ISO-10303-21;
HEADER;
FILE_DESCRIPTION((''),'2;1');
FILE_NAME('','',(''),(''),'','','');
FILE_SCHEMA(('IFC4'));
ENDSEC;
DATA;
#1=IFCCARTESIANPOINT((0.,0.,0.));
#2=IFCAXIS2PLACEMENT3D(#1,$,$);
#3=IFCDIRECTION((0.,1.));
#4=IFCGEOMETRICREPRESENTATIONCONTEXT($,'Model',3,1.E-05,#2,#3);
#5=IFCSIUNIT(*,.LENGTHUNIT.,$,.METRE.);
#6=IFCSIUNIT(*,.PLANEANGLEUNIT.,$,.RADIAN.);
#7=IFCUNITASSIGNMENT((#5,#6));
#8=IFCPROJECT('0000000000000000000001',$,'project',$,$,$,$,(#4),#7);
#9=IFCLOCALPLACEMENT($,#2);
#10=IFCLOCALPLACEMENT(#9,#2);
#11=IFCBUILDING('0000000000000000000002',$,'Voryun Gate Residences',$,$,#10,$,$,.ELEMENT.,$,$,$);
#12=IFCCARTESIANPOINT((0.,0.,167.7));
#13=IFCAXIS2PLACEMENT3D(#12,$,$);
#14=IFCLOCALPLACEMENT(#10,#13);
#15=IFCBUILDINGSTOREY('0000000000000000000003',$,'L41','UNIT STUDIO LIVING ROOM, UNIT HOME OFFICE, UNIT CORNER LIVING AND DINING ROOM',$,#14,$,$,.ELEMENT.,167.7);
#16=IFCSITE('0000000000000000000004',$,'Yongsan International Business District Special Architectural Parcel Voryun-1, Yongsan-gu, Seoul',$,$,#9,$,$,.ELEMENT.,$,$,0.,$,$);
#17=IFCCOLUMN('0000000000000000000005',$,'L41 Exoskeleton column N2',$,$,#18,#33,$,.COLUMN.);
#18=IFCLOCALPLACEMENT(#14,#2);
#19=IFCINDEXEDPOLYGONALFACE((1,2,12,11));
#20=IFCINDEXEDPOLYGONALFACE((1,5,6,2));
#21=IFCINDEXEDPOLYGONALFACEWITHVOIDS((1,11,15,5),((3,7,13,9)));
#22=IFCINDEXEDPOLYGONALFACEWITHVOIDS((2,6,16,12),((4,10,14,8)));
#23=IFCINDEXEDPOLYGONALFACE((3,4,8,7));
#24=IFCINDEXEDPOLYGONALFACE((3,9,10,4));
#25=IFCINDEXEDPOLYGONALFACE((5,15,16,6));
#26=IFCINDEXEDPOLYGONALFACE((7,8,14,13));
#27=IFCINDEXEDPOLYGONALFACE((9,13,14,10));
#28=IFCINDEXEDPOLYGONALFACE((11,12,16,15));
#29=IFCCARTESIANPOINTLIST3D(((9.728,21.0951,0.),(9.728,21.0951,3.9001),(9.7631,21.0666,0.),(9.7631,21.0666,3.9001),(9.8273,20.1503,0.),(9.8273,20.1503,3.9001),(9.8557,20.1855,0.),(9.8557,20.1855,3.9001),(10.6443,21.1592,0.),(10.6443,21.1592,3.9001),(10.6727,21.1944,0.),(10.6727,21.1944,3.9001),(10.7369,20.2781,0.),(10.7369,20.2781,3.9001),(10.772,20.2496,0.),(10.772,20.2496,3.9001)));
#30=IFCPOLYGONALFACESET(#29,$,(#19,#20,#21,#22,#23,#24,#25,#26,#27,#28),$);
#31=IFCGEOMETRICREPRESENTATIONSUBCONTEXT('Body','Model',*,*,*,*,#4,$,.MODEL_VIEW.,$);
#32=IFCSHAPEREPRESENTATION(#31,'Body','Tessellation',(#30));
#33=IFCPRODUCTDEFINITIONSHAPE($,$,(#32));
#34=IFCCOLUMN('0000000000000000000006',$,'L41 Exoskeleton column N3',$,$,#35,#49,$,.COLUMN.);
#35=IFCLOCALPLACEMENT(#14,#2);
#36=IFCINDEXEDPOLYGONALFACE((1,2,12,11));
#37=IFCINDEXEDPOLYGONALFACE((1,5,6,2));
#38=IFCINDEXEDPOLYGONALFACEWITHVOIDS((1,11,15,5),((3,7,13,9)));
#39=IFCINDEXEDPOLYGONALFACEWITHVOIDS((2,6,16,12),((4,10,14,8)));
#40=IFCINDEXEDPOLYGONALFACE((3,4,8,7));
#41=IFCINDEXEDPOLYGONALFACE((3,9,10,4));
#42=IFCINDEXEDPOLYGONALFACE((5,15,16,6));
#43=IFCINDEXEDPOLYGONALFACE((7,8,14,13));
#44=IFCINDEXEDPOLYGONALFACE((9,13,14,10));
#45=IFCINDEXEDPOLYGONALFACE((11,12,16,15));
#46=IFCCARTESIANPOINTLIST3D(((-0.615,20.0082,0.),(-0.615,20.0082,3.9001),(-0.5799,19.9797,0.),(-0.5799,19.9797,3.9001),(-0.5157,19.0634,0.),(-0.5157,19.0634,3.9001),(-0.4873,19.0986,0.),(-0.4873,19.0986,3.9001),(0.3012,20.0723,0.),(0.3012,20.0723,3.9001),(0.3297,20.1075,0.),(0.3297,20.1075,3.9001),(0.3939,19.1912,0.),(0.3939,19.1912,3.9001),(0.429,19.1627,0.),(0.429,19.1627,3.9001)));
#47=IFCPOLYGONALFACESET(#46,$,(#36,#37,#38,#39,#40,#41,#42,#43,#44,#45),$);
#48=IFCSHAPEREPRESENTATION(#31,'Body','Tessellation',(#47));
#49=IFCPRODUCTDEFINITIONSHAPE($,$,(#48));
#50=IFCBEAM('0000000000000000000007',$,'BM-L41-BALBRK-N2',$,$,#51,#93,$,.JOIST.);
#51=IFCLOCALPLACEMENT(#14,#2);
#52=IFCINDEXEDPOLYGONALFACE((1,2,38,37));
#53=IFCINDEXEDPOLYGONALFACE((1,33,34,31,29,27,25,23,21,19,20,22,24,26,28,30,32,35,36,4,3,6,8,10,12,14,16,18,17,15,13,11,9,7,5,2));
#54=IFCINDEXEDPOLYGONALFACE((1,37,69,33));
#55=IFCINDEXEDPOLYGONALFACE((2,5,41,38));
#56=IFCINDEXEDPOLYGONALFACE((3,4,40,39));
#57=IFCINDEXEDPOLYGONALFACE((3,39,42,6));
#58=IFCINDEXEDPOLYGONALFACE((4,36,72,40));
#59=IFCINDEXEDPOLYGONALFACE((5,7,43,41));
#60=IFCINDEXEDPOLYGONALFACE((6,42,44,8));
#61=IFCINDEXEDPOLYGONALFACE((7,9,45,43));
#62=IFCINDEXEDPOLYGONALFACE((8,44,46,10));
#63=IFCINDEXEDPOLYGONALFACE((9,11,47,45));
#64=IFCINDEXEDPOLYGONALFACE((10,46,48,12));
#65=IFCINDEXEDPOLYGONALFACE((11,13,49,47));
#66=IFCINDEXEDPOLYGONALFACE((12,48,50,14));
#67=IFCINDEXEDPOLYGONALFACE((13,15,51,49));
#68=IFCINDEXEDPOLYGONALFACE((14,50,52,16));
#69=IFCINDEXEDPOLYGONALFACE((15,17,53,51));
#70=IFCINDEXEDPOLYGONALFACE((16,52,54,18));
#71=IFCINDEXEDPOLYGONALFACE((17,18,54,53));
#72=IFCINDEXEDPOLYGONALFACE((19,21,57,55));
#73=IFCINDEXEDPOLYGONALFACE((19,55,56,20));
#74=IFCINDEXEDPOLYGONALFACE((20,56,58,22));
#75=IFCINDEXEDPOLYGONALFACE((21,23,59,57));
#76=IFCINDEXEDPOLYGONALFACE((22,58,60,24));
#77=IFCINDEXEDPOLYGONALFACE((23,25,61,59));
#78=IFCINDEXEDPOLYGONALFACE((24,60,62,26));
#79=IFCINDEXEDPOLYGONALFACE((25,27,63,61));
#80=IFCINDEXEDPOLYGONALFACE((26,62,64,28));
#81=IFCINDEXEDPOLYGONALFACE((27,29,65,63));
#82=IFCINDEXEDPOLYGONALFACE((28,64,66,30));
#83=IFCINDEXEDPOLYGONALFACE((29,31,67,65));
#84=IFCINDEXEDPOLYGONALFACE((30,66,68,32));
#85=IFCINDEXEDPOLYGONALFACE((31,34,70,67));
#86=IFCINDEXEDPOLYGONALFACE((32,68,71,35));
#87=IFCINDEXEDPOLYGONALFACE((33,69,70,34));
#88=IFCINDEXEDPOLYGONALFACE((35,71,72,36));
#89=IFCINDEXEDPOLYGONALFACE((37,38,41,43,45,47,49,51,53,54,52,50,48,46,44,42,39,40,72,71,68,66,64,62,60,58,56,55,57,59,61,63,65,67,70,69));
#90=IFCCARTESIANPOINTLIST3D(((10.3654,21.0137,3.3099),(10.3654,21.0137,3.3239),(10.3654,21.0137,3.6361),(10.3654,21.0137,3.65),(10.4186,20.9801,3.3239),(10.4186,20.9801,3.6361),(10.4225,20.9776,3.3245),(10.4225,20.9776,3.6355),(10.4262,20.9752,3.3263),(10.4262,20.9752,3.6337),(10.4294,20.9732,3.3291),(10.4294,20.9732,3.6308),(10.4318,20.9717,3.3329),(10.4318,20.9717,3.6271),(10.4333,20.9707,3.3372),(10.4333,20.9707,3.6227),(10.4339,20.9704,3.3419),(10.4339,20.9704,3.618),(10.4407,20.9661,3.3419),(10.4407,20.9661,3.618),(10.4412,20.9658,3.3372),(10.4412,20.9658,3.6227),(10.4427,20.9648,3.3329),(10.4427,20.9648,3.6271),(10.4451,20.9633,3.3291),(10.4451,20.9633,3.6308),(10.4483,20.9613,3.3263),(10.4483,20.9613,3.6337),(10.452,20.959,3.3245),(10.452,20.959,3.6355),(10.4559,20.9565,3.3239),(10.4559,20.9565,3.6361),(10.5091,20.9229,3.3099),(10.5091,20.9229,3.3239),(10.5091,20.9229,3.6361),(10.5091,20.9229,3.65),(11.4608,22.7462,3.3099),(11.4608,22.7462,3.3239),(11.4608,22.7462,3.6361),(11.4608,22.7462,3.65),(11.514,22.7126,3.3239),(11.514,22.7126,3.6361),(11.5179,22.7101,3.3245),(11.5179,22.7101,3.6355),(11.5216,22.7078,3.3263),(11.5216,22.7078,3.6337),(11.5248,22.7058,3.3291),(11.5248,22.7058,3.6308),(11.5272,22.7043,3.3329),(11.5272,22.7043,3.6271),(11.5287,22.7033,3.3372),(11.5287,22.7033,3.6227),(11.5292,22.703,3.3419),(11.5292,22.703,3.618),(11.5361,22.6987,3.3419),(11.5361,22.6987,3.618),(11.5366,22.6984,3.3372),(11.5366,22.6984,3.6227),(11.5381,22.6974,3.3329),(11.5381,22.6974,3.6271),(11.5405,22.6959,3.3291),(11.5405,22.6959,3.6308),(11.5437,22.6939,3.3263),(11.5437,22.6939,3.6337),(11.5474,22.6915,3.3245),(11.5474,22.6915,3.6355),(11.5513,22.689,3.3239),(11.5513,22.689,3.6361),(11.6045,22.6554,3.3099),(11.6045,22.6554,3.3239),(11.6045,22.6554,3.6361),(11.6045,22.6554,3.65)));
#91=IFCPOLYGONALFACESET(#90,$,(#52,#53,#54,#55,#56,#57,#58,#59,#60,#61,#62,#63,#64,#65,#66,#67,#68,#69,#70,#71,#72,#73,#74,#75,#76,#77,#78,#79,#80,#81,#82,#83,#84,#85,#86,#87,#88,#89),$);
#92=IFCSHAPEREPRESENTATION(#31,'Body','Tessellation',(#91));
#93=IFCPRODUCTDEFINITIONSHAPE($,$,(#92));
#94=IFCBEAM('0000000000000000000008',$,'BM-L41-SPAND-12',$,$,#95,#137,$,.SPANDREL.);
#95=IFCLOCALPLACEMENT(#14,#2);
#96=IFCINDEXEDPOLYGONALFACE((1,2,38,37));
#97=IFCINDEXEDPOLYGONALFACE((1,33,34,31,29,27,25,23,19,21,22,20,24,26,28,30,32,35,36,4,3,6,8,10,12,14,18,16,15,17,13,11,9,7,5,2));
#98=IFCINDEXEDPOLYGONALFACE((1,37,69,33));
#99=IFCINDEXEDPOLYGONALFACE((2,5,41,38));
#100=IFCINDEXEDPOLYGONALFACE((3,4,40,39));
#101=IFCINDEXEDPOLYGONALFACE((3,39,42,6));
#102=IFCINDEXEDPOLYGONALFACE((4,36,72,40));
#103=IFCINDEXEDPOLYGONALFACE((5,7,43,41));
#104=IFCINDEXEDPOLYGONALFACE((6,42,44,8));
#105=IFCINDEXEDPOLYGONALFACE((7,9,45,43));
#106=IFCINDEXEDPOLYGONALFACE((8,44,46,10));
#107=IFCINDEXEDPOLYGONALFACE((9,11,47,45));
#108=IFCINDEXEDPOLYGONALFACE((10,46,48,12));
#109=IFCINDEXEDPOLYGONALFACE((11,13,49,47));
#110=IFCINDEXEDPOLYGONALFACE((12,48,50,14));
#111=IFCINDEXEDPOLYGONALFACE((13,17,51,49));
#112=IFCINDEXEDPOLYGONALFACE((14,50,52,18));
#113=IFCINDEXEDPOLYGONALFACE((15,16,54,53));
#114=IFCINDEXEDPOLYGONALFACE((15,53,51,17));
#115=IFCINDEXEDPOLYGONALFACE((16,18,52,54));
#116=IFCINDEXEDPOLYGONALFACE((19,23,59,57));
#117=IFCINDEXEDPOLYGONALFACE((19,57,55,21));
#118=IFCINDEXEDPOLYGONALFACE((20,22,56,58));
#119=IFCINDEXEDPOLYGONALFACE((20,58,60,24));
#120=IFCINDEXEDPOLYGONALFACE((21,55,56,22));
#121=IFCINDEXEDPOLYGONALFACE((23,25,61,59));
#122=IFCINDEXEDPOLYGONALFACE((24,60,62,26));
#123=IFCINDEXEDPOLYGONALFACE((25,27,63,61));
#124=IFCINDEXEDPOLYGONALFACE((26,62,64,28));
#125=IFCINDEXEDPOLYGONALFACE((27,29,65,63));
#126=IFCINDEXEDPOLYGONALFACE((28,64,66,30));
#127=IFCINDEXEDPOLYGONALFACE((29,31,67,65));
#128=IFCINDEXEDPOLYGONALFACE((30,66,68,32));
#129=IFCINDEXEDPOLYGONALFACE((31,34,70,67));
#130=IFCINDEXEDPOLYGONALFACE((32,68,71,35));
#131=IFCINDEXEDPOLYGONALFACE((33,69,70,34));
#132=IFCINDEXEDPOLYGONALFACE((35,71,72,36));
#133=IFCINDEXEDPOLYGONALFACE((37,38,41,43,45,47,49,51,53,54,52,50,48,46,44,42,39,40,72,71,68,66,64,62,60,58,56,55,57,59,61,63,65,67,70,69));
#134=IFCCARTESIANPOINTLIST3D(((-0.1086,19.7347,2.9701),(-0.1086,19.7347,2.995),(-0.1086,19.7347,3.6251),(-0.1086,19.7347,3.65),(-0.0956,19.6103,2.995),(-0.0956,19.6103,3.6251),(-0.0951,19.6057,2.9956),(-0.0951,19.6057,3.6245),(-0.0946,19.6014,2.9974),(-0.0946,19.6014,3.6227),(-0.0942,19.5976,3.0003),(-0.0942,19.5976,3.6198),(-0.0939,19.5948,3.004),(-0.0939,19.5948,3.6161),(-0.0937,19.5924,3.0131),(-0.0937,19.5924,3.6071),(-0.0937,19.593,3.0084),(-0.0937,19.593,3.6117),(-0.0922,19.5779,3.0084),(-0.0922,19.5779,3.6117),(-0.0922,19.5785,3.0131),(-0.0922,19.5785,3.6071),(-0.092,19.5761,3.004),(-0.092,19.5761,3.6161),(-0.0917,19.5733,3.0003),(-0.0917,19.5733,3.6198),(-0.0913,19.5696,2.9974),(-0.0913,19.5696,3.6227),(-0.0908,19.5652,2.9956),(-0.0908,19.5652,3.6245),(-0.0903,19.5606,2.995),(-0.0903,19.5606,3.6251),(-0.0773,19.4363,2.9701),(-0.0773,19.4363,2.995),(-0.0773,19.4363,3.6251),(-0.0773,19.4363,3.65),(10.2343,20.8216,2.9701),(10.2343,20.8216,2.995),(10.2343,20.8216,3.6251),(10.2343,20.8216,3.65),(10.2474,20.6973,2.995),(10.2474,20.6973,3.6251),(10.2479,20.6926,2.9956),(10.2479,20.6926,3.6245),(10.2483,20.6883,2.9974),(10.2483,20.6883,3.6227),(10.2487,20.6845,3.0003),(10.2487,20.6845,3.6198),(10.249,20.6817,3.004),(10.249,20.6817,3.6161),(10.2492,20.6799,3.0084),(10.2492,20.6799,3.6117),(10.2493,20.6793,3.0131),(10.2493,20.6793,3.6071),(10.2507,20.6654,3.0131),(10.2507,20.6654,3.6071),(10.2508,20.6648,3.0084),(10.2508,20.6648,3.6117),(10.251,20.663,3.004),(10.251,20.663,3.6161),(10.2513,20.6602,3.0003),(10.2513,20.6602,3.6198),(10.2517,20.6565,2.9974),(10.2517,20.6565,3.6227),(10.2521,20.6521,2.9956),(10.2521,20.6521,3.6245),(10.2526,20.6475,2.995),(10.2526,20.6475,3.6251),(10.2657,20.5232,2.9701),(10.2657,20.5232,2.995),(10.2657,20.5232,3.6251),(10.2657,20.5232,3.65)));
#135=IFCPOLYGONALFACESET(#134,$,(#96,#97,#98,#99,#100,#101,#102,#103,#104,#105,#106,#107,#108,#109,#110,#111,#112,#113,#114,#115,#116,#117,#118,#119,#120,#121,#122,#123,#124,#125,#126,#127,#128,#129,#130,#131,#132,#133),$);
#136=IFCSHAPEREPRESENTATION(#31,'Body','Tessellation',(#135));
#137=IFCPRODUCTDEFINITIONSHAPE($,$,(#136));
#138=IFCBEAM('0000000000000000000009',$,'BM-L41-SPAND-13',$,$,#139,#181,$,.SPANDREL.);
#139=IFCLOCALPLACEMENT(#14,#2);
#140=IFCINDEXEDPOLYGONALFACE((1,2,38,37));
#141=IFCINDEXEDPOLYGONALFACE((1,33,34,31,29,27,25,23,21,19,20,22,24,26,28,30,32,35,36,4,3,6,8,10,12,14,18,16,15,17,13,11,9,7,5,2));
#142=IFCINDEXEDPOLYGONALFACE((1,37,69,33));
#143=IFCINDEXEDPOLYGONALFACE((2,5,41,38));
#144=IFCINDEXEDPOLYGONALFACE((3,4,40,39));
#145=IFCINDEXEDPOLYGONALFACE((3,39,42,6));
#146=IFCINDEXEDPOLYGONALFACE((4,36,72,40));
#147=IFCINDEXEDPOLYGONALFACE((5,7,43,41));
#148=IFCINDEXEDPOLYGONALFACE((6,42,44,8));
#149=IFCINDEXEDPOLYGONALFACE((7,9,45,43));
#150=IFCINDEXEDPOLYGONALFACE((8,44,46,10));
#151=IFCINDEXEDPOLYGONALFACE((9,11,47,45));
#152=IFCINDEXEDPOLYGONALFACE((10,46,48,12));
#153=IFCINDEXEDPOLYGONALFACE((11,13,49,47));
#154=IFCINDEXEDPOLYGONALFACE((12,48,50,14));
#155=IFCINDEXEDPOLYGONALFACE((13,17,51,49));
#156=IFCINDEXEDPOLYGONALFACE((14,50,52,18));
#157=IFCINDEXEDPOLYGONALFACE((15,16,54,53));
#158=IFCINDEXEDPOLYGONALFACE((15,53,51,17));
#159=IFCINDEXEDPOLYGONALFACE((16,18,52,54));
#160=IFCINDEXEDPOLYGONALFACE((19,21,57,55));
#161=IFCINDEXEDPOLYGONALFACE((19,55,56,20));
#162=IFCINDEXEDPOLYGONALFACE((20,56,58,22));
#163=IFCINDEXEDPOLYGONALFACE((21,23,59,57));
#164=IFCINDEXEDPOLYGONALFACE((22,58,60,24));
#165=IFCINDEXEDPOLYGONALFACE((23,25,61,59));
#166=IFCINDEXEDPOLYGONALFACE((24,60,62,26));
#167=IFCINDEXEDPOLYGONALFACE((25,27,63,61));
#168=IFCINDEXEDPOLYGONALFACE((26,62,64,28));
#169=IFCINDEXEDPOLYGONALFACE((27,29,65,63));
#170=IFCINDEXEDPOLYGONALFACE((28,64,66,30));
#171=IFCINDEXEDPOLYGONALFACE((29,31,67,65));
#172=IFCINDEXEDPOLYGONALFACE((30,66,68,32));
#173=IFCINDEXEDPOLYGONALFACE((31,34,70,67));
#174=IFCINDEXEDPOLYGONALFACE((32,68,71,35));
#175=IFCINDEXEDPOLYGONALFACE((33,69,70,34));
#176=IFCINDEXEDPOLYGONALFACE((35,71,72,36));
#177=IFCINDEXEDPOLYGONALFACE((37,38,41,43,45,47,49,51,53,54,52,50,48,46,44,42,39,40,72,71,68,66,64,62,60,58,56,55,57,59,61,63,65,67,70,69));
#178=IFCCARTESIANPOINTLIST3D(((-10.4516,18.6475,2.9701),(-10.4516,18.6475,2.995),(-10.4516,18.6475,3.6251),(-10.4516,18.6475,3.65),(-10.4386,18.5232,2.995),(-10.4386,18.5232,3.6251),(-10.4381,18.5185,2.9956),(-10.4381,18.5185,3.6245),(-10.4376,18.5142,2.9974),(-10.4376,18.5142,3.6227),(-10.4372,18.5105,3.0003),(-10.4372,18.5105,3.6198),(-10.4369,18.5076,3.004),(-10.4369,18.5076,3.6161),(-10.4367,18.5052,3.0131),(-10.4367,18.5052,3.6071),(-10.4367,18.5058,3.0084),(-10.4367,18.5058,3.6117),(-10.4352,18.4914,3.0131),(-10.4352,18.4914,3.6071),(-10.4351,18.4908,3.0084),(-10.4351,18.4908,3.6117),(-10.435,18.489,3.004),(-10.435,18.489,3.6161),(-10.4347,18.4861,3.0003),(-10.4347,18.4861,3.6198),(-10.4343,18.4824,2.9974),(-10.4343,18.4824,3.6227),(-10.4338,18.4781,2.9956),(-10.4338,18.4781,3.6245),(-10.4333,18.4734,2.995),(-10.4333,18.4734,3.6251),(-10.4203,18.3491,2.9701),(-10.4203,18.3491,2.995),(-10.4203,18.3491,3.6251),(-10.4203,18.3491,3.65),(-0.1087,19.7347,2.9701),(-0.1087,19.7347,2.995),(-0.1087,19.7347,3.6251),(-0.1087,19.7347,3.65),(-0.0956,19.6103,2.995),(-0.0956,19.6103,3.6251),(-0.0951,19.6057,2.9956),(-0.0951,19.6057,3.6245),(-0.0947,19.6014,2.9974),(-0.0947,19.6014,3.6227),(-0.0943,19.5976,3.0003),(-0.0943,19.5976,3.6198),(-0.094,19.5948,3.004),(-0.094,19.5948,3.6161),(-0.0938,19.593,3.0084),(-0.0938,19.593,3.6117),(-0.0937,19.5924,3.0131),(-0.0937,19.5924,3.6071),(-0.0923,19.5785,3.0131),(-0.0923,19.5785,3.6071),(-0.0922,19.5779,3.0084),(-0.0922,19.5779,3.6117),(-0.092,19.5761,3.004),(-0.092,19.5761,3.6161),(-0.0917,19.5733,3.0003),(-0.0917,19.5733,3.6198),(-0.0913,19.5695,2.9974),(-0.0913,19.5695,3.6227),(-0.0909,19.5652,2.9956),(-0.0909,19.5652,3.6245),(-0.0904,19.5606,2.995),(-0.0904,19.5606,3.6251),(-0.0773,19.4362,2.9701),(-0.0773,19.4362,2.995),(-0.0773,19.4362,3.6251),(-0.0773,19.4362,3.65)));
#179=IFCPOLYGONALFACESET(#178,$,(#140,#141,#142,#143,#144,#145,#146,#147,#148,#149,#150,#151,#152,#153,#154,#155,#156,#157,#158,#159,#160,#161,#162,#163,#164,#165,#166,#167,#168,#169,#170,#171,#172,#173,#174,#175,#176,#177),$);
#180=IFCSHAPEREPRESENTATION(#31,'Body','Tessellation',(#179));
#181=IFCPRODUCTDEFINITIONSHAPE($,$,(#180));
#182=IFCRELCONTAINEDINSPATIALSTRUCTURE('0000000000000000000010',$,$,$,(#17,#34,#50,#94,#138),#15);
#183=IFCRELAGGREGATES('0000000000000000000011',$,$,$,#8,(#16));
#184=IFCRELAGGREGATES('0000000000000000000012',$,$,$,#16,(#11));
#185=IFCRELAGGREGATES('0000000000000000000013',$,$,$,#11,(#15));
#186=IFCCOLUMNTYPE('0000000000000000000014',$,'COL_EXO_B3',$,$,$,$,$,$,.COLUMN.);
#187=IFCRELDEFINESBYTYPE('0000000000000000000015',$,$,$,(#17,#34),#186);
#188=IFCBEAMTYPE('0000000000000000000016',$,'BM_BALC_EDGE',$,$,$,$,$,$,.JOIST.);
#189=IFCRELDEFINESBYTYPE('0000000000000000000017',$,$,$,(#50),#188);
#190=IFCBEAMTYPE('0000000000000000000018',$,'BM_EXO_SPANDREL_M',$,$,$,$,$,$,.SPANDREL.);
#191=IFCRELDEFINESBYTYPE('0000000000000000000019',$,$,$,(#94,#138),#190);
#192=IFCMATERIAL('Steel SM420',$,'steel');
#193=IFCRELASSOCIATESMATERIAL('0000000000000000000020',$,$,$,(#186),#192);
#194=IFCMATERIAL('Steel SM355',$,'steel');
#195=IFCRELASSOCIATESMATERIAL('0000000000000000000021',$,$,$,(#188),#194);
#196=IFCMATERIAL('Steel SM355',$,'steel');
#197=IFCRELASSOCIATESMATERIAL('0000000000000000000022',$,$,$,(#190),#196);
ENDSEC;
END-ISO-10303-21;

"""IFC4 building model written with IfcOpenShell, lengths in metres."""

from ifc_helpers import new_model, si_unit, direction, frame, origin, origin_2d, place, context, subcontext, project, spatial, hollow_rectangle, i_section, extrude, material, material_profile, profile_set, type_object, element, save


model = new_model("IFC4")

# Units and contexts
model_context = context("Model", 3, precision=1e-05, world=origin(), true_north=direction((0.0, 1.0)))
body_context = subcontext(model_context, "Body", "Model", "MODEL_VIEW")
ifc_project = project(units=[si_unit("LENGTHUNIT", "METRE"), si_unit("PLANEANGLEUNIT", "RADIAN")], contexts=[model_context])

# Site, building, storey
site_placement = place(None, origin())
site = spatial("IfcSite", under=ifc_project, at=site_placement, Name="Yongsan International Business District Special Architectural Parcel Voryun-1, Yongsan-gu, Seoul", CompositionType="ELEMENT", RefElevation=0.0)
building_placement = place(site_placement, origin())
building = spatial("IfcBuilding", under=site, at=building_placement, Name="Voryun Gate Residences", CompositionType="ELEMENT")
storey_placement = place(building_placement, frame((0.0, 0.0, 167.7)))
storey = spatial("IfcBuildingStorey", under=building, at=storey_placement, Name="L41", Description="UNIT STUDIO LIVING ROOM, UNIT HOME OFFICE, UNIT CORNER LIVING AND DINING ROOM", CompositionType="ELEMENT", Elevation=167.7)

# Columns
ifc_material_1 = material(Name="Steel SM420", Category="steel")
ifc_material_profile_1 = material_profile(ifc_material_1, hollow_rectangle(XDim=0.95, YDim=0.95, WallThickness=0.032, at=origin_2d()), Name="BOX-950x950x32")
ifc_profile_set_1 = profile_set([ifc_material_profile_1], Name="Steel SM420")
column_type = type_object("IfcColumnType", Name="COL_EXO_B3", PredefinedType="COLUMN", material=ifc_profile_set_1)
for number, where, z_axis, x_axis, name in (
    (1, (10.25, 20.6724, 0.0), (0.0, 0.0, 1.0), (0.994522, 0.104528, 0.0), "L41 Exoskeleton column N2"),
    (2, (-0.093, 19.5854, 0.0), (0.0, 0.0, 1.0), (0.994522, 0.104528, 0.0), "L41 Exoskeleton column N3"),
):
    element("IfcColumn", number, at=place(storey_placement, frame(where, z_axis=z_axis, x_axis=x_axis)), inside=storey, type_object=column_type, Name=name, PredefinedType="COLUMN", context=body_context, shape_type="SweptSolid", body=[
        extrude(hollow_rectangle(XDim=0.95, YDim=0.95, WallThickness=0.032, at=origin_2d()), origin(), (0.0, 0.0, 1.0), 3.9001),
    ])

# Beams
ifc_material_2 = material(Name="Steel SM355", Category="steel")
ifc_material_profile_2 = material_profile(ifc_material_2, i_section(OverallWidth=0.1699, OverallDepth=0.3401, WebThickness=0.0081, FlangeThickness=0.0139, FilletRadius=0.0181, at=origin_2d()), Name="H-340x170x8x14")
ifc_profile_set_2 = profile_set([ifc_material_profile_2], Name="Steel SM355")
beam_type_1 = type_object("IfcBeamType", Name="BM_BALC_EDGE", PredefinedType="JOIST", material=ifc_profile_set_2)
beam_placement = place(storey_placement, frame((10.4373, 20.9683, 3.48), z_axis=(0.534392, 0.845237, 0.0), x_axis=(-0.845237, 0.534392, 0.0)))
element("IfcBeam", 3, at=beam_placement, inside=storey, type_object=beam_type_1, Name="BM-L41-BALBRK-N2", PredefinedType="JOIST", context=body_context, shape_type="SweptSolid", body=[
    extrude(i_section(OverallWidth=0.1699, OverallDepth=0.3401, WebThickness=0.0081, FlangeThickness=0.0139, FilletRadius=0.0181, at=origin_2d()), origin(), (0.0, 0.0, 1.0), 2.0498),
])
ifc_material_3 = material(Name="Steel SM355", Category="steel")
ifc_material_profile_3 = material_profile(ifc_material_3, i_section(OverallWidth=0.3, OverallDepth=0.6799, WebThickness=0.0139, FlangeThickness=0.0249, FilletRadius=0.0181, at=origin_2d()), Name="H-680x300x14x25")
ifc_profile_set_3 = profile_set([ifc_material_profile_3], Name="Steel SM355")
beam_type_2 = type_object("IfcBeamType", Name="BM_EXO_SPANDREL_M", PredefinedType="SPANDREL", material=ifc_profile_set_3)
for number, where, z_axis, x_axis, name in (
    (4, (10.25, 20.6724, 3.3101), (-0.994524, -0.104511, 0.0), (0.104511, -0.994524, 0.0), "BM-L41-SPAND-12"),
    (5, (-0.093, 19.5854, 3.3101), (-0.994521, -0.104534, 0.0), (0.104534, -0.994521, 0.0), "BM-L41-SPAND-13"),
):
    element("IfcBeam", number, at=place(storey_placement, frame(where, z_axis=z_axis, x_axis=x_axis)), inside=storey, type_object=beam_type_2, Name=name, PredefinedType="SPANDREL", context=body_context, shape_type="SweptSolid", body=[
        extrude(i_section(OverallWidth=0.3, OverallDepth=0.6799, WebThickness=0.0139, FlangeThickness=0.0249, FilletRadius=0.0181, at=origin_2d()), origin(), (0.0, 0.0, 1.0), 10.3999),
    ])

save(model, "model.ifc")
